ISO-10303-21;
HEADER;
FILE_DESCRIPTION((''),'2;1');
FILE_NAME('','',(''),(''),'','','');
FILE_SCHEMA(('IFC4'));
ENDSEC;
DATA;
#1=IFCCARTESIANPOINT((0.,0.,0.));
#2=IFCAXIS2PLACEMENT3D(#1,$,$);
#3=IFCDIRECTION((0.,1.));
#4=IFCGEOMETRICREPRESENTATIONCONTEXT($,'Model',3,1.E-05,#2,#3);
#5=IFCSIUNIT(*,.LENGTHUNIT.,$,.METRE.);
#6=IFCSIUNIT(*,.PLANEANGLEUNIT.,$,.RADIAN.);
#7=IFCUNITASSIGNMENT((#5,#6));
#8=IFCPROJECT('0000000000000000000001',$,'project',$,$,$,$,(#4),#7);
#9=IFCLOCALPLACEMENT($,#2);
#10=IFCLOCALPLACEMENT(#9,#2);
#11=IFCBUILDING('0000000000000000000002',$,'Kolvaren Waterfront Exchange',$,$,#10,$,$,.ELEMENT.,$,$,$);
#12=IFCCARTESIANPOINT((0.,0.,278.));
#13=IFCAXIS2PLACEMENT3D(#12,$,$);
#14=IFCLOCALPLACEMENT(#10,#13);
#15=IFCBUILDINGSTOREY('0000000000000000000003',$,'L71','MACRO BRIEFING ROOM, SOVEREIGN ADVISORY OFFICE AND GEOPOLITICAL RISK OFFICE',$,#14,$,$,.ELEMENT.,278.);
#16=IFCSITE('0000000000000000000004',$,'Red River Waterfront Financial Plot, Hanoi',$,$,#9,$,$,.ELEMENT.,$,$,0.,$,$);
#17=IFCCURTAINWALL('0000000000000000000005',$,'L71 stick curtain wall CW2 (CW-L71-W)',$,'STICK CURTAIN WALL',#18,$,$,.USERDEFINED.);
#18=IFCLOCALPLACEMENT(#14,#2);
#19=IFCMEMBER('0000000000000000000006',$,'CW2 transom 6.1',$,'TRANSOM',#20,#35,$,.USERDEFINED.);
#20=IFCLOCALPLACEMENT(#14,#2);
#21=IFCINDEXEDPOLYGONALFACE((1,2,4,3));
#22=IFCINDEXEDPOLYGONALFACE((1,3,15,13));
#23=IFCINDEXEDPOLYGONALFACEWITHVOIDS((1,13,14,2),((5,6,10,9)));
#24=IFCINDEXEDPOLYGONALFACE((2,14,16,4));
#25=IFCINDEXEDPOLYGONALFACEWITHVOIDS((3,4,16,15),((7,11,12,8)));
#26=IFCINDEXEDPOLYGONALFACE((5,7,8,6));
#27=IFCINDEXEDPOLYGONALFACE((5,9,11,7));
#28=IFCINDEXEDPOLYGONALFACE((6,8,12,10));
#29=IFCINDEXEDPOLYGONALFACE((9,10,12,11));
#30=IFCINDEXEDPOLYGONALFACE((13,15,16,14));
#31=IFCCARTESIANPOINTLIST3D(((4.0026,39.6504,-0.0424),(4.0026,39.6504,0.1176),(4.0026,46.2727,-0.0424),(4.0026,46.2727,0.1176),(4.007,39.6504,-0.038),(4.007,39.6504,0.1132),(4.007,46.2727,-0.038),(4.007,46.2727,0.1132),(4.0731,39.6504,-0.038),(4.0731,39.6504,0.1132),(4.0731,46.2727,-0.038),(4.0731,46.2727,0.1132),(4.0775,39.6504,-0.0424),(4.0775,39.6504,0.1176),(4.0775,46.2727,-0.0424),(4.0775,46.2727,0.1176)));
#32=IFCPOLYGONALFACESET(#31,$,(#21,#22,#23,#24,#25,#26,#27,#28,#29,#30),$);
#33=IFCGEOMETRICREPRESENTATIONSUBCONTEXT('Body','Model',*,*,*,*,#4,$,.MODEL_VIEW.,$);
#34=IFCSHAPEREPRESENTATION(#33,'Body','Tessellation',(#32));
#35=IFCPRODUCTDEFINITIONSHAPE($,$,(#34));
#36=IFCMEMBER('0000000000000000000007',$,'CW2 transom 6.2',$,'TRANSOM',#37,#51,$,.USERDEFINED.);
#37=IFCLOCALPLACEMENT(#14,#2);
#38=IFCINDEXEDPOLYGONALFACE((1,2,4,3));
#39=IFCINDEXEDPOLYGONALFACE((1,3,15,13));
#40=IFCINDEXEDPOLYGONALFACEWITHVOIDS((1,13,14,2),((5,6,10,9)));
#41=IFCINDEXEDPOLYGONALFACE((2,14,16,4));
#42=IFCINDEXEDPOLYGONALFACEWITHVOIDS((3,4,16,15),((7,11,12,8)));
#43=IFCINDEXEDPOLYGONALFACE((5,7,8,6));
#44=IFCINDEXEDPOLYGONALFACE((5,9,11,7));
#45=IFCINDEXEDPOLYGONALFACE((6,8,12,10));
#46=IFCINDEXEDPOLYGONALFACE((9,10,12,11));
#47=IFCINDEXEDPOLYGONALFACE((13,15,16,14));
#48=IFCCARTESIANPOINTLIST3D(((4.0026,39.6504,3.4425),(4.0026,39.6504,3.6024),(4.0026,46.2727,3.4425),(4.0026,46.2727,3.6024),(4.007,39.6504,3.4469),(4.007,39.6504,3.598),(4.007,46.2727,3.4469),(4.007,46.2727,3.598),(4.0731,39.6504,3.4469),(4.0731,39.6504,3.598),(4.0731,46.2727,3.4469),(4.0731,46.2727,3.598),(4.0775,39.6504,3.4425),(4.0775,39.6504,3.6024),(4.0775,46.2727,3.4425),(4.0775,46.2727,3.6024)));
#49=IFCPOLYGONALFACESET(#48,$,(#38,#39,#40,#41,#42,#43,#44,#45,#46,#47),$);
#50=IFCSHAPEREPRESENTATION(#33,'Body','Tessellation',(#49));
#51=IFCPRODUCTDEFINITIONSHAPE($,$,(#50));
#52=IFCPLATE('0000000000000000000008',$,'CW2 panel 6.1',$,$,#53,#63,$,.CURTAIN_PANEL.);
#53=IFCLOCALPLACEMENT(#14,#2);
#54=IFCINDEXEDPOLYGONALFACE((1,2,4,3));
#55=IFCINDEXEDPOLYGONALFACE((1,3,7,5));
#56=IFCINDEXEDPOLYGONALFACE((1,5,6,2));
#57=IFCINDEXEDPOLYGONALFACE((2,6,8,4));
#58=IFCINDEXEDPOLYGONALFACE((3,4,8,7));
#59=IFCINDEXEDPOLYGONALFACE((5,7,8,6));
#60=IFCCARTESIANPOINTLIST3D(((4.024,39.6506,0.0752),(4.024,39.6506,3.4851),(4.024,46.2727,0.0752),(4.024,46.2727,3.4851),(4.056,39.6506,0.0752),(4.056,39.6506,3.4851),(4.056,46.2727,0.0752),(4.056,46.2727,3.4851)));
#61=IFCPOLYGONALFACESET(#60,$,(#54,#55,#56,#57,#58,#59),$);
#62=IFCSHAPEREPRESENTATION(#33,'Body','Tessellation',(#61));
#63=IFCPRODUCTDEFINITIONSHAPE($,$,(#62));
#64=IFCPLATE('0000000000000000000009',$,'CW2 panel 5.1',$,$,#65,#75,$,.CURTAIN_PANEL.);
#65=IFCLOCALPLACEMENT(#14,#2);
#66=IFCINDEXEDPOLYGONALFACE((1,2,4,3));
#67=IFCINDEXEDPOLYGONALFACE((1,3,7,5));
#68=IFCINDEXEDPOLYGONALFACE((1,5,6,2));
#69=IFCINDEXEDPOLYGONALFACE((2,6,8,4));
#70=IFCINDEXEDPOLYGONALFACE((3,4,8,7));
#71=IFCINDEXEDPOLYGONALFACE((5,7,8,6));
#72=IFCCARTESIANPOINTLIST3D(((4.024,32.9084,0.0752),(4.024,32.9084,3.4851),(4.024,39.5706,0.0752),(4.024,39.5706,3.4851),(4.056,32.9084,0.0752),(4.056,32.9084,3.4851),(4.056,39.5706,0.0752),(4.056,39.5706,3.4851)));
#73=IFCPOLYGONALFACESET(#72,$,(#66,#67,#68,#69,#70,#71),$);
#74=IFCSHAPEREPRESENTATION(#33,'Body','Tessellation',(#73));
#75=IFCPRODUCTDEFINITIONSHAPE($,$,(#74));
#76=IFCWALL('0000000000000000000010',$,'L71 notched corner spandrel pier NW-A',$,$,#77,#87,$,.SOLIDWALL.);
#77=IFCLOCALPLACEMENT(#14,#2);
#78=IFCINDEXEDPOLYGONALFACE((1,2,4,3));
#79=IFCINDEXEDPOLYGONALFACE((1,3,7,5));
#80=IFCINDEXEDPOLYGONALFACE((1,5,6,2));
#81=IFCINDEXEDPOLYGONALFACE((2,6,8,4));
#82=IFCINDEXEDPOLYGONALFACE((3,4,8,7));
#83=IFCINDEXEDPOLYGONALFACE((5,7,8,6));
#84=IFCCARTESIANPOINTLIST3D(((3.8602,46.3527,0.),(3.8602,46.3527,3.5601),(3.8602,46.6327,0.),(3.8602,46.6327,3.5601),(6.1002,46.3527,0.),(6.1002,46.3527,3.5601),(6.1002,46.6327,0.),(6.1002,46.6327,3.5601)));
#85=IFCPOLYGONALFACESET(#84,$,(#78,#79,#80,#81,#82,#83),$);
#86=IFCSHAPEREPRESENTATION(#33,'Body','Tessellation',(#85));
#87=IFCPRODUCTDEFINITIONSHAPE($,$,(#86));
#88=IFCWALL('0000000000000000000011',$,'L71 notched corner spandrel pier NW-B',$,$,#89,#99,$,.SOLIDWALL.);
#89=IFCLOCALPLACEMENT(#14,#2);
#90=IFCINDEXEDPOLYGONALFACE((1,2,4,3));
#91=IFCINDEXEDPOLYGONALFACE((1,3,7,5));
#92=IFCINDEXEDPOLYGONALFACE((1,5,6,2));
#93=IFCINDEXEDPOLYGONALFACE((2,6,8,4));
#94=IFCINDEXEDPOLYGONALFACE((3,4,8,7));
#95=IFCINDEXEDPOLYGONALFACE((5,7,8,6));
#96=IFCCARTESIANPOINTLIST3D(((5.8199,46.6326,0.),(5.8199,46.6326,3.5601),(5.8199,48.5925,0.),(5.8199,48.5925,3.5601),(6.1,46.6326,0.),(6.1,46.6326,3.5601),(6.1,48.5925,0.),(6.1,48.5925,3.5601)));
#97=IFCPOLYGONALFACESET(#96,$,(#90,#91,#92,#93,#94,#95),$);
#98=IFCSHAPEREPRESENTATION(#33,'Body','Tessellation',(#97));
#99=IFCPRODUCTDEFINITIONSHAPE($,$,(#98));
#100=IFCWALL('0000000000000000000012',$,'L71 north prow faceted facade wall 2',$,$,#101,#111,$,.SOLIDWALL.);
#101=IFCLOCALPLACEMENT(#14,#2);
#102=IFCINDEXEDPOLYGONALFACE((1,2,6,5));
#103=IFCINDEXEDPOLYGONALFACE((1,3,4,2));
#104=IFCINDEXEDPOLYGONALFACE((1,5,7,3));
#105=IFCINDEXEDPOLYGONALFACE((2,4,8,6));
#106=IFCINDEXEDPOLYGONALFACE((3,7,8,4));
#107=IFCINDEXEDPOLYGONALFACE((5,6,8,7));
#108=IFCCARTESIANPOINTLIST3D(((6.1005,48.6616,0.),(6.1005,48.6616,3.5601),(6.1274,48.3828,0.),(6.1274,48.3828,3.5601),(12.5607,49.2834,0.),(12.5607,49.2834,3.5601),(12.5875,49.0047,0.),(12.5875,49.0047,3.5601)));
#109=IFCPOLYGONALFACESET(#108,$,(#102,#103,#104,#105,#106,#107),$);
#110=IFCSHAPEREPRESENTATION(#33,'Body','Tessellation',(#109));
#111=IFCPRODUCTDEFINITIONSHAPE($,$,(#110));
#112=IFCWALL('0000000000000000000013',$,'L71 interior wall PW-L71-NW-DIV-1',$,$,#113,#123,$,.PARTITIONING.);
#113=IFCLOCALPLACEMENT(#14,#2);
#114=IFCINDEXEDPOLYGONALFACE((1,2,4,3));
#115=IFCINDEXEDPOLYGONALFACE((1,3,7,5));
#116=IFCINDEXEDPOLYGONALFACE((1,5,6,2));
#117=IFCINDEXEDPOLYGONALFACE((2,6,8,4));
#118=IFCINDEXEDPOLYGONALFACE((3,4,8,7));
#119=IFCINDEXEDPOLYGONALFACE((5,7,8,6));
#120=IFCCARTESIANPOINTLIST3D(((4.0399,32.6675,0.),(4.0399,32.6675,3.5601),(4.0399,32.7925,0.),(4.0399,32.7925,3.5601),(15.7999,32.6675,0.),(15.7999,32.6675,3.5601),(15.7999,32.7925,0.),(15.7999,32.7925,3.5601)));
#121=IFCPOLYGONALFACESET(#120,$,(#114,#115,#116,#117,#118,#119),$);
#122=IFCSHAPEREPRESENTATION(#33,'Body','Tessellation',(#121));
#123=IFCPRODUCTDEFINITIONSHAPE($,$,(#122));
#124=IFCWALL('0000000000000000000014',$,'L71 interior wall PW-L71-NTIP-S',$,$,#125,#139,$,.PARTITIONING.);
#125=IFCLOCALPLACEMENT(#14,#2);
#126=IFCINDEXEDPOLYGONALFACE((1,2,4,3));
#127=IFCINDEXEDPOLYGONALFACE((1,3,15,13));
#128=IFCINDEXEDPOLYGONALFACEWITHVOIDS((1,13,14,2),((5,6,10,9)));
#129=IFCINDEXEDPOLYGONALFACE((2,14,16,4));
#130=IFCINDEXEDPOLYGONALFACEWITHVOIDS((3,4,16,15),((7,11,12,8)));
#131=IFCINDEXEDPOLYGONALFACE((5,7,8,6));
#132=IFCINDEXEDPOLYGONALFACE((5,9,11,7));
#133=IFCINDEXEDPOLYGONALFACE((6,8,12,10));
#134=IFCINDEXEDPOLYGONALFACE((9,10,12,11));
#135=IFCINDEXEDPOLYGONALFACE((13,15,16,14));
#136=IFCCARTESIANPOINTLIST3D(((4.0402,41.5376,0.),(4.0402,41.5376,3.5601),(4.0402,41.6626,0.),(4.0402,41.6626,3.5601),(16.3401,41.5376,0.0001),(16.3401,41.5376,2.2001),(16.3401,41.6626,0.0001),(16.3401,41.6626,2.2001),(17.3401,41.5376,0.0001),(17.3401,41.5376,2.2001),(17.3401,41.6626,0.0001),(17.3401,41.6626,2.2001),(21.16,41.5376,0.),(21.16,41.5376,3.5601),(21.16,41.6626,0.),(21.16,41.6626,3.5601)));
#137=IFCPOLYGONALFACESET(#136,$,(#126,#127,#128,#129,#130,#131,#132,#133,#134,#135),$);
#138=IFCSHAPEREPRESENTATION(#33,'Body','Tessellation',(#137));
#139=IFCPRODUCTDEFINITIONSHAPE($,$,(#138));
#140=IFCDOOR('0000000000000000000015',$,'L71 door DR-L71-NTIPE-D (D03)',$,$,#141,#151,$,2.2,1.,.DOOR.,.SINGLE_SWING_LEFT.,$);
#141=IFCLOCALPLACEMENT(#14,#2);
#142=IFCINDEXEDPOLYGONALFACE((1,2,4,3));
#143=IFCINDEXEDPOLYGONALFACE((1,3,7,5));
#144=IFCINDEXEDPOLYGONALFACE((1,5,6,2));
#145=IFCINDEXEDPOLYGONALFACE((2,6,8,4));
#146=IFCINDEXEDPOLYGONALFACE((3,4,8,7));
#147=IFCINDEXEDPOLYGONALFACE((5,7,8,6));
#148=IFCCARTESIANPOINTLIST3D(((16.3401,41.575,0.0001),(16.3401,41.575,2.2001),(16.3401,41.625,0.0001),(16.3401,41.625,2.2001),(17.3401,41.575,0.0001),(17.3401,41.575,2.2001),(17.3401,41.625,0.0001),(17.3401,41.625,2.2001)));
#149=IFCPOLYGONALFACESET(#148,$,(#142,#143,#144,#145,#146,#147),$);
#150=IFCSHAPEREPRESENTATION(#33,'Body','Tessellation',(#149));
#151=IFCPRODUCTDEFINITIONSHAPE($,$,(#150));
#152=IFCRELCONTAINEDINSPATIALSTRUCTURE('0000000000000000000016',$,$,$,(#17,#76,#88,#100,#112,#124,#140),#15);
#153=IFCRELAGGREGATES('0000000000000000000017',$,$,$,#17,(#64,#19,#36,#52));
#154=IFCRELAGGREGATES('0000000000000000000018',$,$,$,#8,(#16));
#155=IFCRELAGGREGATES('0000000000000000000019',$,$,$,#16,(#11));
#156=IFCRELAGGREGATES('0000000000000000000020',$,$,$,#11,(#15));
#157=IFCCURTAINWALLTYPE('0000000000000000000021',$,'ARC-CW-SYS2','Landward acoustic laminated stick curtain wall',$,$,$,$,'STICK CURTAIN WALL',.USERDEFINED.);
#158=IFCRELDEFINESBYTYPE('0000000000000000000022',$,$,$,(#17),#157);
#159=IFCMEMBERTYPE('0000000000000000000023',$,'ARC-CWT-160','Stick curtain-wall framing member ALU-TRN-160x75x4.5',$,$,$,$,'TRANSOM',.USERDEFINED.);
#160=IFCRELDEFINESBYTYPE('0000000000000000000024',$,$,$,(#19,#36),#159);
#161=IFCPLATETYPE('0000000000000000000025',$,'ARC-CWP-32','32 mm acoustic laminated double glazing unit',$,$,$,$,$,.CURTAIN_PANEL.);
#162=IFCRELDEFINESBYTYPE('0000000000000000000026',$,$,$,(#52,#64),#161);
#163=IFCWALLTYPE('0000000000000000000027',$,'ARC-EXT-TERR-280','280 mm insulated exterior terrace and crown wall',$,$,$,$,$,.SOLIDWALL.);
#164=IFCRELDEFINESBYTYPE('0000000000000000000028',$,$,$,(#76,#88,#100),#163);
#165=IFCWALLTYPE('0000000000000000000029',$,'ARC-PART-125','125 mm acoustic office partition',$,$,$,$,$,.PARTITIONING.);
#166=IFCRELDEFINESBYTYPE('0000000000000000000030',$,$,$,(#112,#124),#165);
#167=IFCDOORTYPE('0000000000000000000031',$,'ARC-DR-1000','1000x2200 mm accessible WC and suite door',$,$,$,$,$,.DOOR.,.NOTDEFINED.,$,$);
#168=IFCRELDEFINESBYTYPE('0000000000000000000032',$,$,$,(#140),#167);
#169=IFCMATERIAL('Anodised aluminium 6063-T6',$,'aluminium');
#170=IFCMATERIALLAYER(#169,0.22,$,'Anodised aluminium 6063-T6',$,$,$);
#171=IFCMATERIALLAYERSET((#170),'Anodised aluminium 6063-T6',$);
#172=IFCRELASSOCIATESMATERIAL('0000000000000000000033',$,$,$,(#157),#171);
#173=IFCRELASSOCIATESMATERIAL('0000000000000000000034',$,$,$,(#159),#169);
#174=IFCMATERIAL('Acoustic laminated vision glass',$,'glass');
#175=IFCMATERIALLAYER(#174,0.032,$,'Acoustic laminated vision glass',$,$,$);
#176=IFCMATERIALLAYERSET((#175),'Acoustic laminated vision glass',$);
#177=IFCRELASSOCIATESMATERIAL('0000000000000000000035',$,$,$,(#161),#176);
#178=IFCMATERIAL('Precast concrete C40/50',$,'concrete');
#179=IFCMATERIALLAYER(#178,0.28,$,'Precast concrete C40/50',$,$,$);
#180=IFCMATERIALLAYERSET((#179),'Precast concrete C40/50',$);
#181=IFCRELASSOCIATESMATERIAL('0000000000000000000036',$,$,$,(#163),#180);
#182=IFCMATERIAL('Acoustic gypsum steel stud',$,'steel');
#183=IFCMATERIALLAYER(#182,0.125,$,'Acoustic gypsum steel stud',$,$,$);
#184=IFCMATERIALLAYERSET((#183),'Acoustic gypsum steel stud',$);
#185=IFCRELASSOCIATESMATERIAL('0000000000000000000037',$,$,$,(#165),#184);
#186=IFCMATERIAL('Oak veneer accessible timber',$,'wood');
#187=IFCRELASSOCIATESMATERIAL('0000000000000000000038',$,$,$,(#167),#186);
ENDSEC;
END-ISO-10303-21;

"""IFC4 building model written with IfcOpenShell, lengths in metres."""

from ifc_helpers import new_model, si_unit, direction, frame, frame_2d, origin, origin_with_axes, origin_2d, place, context, subcontext, project, spatial, rectangle, hollow_rectangle, extrude, source, transform, mapped, material, layer, layer_set, material_profile, profile_set, type_object, element, fill, aggregate, save


model = new_model("IFC4")

# Units and contexts
model_context = context("Model", 3, precision=1e-05, world=origin(), true_north=direction((0.0, 1.0)))
body_context = subcontext(model_context, "Body", "Model", "MODEL_VIEW")
ifc_project = project(units=[si_unit("LENGTHUNIT", "METRE"), si_unit("PLANEANGLEUNIT", "RADIAN")], contexts=[model_context])

# Site, building, storey
site_placement = place(None, origin())
site = spatial("IfcSite", under=ifc_project, at=site_placement, Name="Red River Waterfront Financial Plot, Hanoi", CompositionType="ELEMENT", RefElevation=0.0)
building_placement = place(site_placement, origin())
building = spatial("IfcBuilding", under=site, at=building_placement, Name="Kolvaren Waterfront Exchange", CompositionType="ELEMENT")
storey_placement = place(building_placement, frame((0.0, 0.0, 278.0)))
storey = spatial("IfcBuildingStorey", under=building, at=storey_placement, Name="L71", Description="MACRO BRIEFING ROOM, SOVEREIGN ADVISORY OFFICE AND GEOPOLITICAL RISK OFFICE", CompositionType="ELEMENT", Elevation=278.0)

# Curtain wall, members, plates
ifc_material_1 = material(Name="Anodised aluminium 6063-T6", Category="aluminium")
ifc_layer_1 = layer(ifc_material_1, 0.22, Name="Anodised aluminium 6063-T6")
ifc_layer_set_1 = layer_set([ifc_layer_1], Name="Anodised aluminium 6063-T6")
curtain_wall_type = type_object("IfcCurtainWallType", Name="ARC-CW-SYS2", Description="Landward acoustic laminated stick curtain wall", ElementType="STICK CURTAIN WALL", PredefinedType="USERDEFINED", material=ifc_layer_set_1)
curtain_wall_placement = place(storey_placement, origin())
curtain_wall = element("IfcCurtainWall", 1, at=curtain_wall_placement, inside=storey, type_object=curtain_wall_type, Name="L71 stick curtain wall CW2 (CW-L71-W)", ObjectType="STICK CURTAIN WALL", PredefinedType="USERDEFINED")
ifc_material_profile_1 = material_profile(ifc_material_1, hollow_rectangle(XDim=0.075, YDim=0.1599, WallThickness=0.0044, at=origin_2d()), Name="ALU-TRN-160x75x4.5")
ifc_profile_set_1 = profile_set([ifc_material_profile_1], Name="Anodised aluminium 6063-T6")
member_type_1 = type_object("IfcMemberType", Name="ARC-CWT-160", Description="Stick curtain-wall framing member ALU-TRN-160x75x4.5", ElementType="TRANSOM", PredefinedType="USERDEFINED", material=ifc_profile_set_1)
shared_shape_1 = source(origin_with_axes(), body_context, "Body", "SweptSolid", [
    extrude(hollow_rectangle(XDim=0.075, YDim=0.1599, WallThickness=0.0044, at=origin_2d()), origin(), (0.0, 0.0, 1.0), 6.6223),
])
member_1_placement = place(storey_placement, frame((4.04, 39.6504, 0.0376), z_axis=(0.0, 1.0, 0.0), x_axis=(-1.0, 0.0, 0.0)))
member_1 = element("IfcMember", 2, at=member_1_placement, type_object=member_type_1, Name="CW2 transom 6.1", ObjectType="TRANSOM", PredefinedType="USERDEFINED", context=body_context, shape_type="MappedRepresentation", body=[
    mapped(shared_shape_1, transform((0.0, 0.0, 0.0), x_axis=(1.0, 0.0, 0.0), y_axis=(0.0, 1.0, 0.0), z_axis=(0.0, 0.0, 1.0), scale=1.0)),
])
member_2_placement = place(storey_placement, frame((4.04, 39.6504, 3.5225), z_axis=(0.0, 1.0, 0.0), x_axis=(-1.0, 0.0, 0.0)))
member_2 = element("IfcMember", 3, at=member_2_placement, type_object=member_type_1, Name="CW2 transom 6.2", ObjectType="TRANSOM", PredefinedType="USERDEFINED", context=body_context, shape_type="MappedRepresentation", body=[
    mapped(shared_shape_1, transform((0.0, 0.0, 0.0), x_axis=(1.0, 0.0, 0.0), y_axis=(0.0, 1.0, 0.0), z_axis=(0.0, 0.0, 1.0), scale=1.0)),
])
ifc_material_2 = material(Name="Acoustic laminated vision glass", Category="glass")
ifc_layer_2 = layer(ifc_material_2, 0.032, Name="Acoustic laminated vision glass")
ifc_layer_set_2 = layer_set([ifc_layer_2], Name="Acoustic laminated vision glass")
plate_type = type_object("IfcPlateType", Name="ARC-CWP-32", Description="32 mm acoustic laminated double glazing unit", PredefinedType="CURTAIN_PANEL", material=ifc_layer_set_2)
shared_shape_2 = source(origin_with_axes(), body_context, "Body", "SweptSolid", [
    extrude(rectangle(XDim=6.6221, YDim=0.032, at=origin_2d()), origin(), (0.0, 0.0, 1.0), 3.4099),
])
plate_1_placement = place(storey_placement, frame((4.04, 42.9617, 0.0752), z_axis=(0.0, 0.0, 1.0), x_axis=(0.0, 1.0, 0.0)))
plate_1 = element("IfcPlate", 4, at=plate_1_placement, type_object=plate_type, Name="CW2 panel 6.1", PredefinedType="CURTAIN_PANEL", context=body_context, shape_type="MappedRepresentation", body=[
    mapped(shared_shape_2, transform((0.0, 0.0, 0.0), x_axis=(1.0, 0.0, 0.0), y_axis=(0.0, 1.0, 0.0), z_axis=(0.0, 0.0, 1.0), scale=1.0)),
])
shared_shape_3 = source(origin_with_axes(), body_context, "Body", "SweptSolid", [
    extrude(rectangle(XDim=6.6621, YDim=0.032, at=origin_2d()), origin(), (0.0, 0.0, 1.0), 3.4099),
])
plate_2_placement = place(storey_placement, frame((4.04, 36.2395, 0.0752), z_axis=(0.0, 0.0, 1.0), x_axis=(0.0, 1.0, 0.0)))
plate_2 = element("IfcPlate", 5, at=plate_2_placement, type_object=plate_type, Name="CW2 panel 5.1", PredefinedType="CURTAIN_PANEL", context=body_context, shape_type="MappedRepresentation", body=[
    mapped(shared_shape_3, transform((0.0, 0.0, 0.0), x_axis=(1.0, 0.0, 0.0), y_axis=(0.0, 1.0, 0.0), z_axis=(0.0, 0.0, 1.0), scale=1.0)),
])
aggregate(curtain_wall, [plate_2, member_1, member_2, plate_1])

# Walls
ifc_material_3 = material(Name="Precast concrete C40/50", Category="concrete")
ifc_layer_3 = layer(ifc_material_3, 0.28, Name="Precast concrete C40/50")
ifc_layer_set_3 = layer_set([ifc_layer_3], Name="Precast concrete C40/50")
wall_type_1 = type_object("IfcWallType", Name="ARC-EXT-TERR-280", Description="280 mm insulated exterior terrace and crown wall", PredefinedType="SOLIDWALL", material=ifc_layer_set_3)
wall_1_placement = place(storey_placement, frame((3.8601, 46.4927, 0.0), z_axis=(0.0, 0.0, 1.0), x_axis=(1.0, 0.0, 0.0)))
element("IfcWall", 6, at=wall_1_placement, inside=storey, type_object=wall_type_1, Name="L71 notched corner spandrel pier NW-A", PredefinedType="SOLIDWALL", context=body_context, shape_type="SweptSolid", body=[
    extrude(rectangle(XDim=2.24, YDim=0.28, at=frame_2d((1.1201, 0.0))), origin(), (0.0, 0.0, 1.0), 3.5601),
])
wall_2_placement = place(storey_placement, frame((5.96, 46.6326, 0.0), z_axis=(0.0, 0.0, 1.0), x_axis=(0.0, 1.0, 0.0)))
element("IfcWall", 7, at=wall_2_placement, inside=storey, type_object=wall_type_1, Name="L71 notched corner spandrel pier NW-B", PredefinedType="SOLIDWALL", context=body_context, shape_type="SweptSolid", body=[
    extrude(rectangle(XDim=1.96, YDim=0.28, at=frame_2d((0.98, 0.0))), origin(), (0.0, 0.0, 1.0), 3.5601),
])
wall_3_placement = place(storey_placement, frame((12.5742, 49.144, 0.0), z_axis=(0.0, 0.0, 1.0), x_axis=(-0.995399, -0.095812, 0.0)))
element("IfcWall", 8, at=wall_3_placement, inside=storey, type_object=wall_type_1, Name="L71 north prow faceted facade wall 2", PredefinedType="SOLIDWALL", context=body_context, shape_type="SweptSolid", body=[
    extrude(rectangle(XDim=6.49, YDim=0.28, at=frame_2d((3.2451, 0.0))), origin(), (0.0, 0.0, 1.0), 3.5601),
])
ifc_material_4 = material(Name="Acoustic gypsum steel stud", Category="steel")
ifc_layer_4 = layer(ifc_material_4, 0.125, Name="Acoustic gypsum steel stud")
ifc_layer_set_4 = layer_set([ifc_layer_4], Name="Acoustic gypsum steel stud")
wall_type_2 = type_object("IfcWallType", Name="ARC-PART-125", Description="125 mm acoustic office partition", PredefinedType="PARTITIONING", material=ifc_layer_set_4)
wall_4_placement = place(storey_placement, frame((4.04, 32.73, 0.0), z_axis=(0.0, 0.0, 1.0), x_axis=(1.0, 0.0, 0.0)))
element("IfcWall", 9, at=wall_4_placement, inside=storey, type_object=wall_type_2, Name="L71 interior wall PW-L71-NW-DIV-1", PredefinedType="PARTITIONING", context=body_context, shape_type="SweptSolid", body=[
    extrude(rectangle(XDim=11.76, YDim=0.125, at=frame_2d((5.8799, 0.0))), origin(), (0.0, 0.0, 1.0), 3.5601),
])

# Wall, opening, door
wall_5_placement = place(storey_placement, frame((4.04, 41.6001, 0.0), z_axis=(0.0, 0.0, 1.0), x_axis=(1.0, 0.0, 0.0)))
wall_5 = element("IfcWall", 10, at=wall_5_placement, inside=storey, type_object=wall_type_2, Name="L71 interior wall PW-L71-NTIP-S", PredefinedType="PARTITIONING", context=body_context, shape_type="SweptSolid", body=[
    extrude(rectangle(XDim=17.1199, YDim=0.125, at=frame_2d((8.5601, 0.0))), origin(), (0.0, 0.0, 1.0), 3.5601),
])
opening_1_placement = place(wall_5_placement, frame((12.3, 0.0, 0.0)))
opening_1 = element("IfcOpeningElement", 11, at=opening_1_placement, cuts=wall_5, PredefinedType="OPENING", context=body_context, shape_type="SweptSolid", body=[
    extrude(rectangle(XDim=1.0, YDim=2.2, at=frame_2d((0.5, 1.1001))), frame((0.0, 0.0725, 0.0), z_axis=(0.0, -1.0, 0.0), x_axis=(1.0, 0.0, 0.0)), (0.0, 0.0, 1.0), 0.145),
])
ifc_material_5 = material(Name="Oak veneer accessible timber", Category="wood")
door_type_1 = type_object("IfcDoorType", Name="ARC-DR-1000", Description="1000x2200 mm accessible WC and suite door", OperationType="NOTDEFINED", PredefinedType="DOOR", material=ifc_material_5)
door_1_placement = place(opening_1_placement, origin())
door_1 = element("IfcDoor", 12, at=door_1_placement, inside=storey, type_object=door_type_1, Name="L71 door DR-L71-NTIPE-D (D03)", OperationType="SINGLE_SWING_LEFT", OverallHeight=2.2, OverallWidth=1.0, PredefinedType="DOOR", context=body_context, shape_type="SweptSolid", body=[
    extrude(rectangle(XDim=1.0, YDim=2.2, at=frame_2d((0.5, 1.1001))), frame((0.0, 0.0249, 0.0), z_axis=(0.0, -1.0, 0.0), x_axis=(1.0, 0.0, 0.0)), (0.0, 0.0, 1.0), 0.05),
])
fill(opening_1, door_1)

save(model, "model.ifc")
